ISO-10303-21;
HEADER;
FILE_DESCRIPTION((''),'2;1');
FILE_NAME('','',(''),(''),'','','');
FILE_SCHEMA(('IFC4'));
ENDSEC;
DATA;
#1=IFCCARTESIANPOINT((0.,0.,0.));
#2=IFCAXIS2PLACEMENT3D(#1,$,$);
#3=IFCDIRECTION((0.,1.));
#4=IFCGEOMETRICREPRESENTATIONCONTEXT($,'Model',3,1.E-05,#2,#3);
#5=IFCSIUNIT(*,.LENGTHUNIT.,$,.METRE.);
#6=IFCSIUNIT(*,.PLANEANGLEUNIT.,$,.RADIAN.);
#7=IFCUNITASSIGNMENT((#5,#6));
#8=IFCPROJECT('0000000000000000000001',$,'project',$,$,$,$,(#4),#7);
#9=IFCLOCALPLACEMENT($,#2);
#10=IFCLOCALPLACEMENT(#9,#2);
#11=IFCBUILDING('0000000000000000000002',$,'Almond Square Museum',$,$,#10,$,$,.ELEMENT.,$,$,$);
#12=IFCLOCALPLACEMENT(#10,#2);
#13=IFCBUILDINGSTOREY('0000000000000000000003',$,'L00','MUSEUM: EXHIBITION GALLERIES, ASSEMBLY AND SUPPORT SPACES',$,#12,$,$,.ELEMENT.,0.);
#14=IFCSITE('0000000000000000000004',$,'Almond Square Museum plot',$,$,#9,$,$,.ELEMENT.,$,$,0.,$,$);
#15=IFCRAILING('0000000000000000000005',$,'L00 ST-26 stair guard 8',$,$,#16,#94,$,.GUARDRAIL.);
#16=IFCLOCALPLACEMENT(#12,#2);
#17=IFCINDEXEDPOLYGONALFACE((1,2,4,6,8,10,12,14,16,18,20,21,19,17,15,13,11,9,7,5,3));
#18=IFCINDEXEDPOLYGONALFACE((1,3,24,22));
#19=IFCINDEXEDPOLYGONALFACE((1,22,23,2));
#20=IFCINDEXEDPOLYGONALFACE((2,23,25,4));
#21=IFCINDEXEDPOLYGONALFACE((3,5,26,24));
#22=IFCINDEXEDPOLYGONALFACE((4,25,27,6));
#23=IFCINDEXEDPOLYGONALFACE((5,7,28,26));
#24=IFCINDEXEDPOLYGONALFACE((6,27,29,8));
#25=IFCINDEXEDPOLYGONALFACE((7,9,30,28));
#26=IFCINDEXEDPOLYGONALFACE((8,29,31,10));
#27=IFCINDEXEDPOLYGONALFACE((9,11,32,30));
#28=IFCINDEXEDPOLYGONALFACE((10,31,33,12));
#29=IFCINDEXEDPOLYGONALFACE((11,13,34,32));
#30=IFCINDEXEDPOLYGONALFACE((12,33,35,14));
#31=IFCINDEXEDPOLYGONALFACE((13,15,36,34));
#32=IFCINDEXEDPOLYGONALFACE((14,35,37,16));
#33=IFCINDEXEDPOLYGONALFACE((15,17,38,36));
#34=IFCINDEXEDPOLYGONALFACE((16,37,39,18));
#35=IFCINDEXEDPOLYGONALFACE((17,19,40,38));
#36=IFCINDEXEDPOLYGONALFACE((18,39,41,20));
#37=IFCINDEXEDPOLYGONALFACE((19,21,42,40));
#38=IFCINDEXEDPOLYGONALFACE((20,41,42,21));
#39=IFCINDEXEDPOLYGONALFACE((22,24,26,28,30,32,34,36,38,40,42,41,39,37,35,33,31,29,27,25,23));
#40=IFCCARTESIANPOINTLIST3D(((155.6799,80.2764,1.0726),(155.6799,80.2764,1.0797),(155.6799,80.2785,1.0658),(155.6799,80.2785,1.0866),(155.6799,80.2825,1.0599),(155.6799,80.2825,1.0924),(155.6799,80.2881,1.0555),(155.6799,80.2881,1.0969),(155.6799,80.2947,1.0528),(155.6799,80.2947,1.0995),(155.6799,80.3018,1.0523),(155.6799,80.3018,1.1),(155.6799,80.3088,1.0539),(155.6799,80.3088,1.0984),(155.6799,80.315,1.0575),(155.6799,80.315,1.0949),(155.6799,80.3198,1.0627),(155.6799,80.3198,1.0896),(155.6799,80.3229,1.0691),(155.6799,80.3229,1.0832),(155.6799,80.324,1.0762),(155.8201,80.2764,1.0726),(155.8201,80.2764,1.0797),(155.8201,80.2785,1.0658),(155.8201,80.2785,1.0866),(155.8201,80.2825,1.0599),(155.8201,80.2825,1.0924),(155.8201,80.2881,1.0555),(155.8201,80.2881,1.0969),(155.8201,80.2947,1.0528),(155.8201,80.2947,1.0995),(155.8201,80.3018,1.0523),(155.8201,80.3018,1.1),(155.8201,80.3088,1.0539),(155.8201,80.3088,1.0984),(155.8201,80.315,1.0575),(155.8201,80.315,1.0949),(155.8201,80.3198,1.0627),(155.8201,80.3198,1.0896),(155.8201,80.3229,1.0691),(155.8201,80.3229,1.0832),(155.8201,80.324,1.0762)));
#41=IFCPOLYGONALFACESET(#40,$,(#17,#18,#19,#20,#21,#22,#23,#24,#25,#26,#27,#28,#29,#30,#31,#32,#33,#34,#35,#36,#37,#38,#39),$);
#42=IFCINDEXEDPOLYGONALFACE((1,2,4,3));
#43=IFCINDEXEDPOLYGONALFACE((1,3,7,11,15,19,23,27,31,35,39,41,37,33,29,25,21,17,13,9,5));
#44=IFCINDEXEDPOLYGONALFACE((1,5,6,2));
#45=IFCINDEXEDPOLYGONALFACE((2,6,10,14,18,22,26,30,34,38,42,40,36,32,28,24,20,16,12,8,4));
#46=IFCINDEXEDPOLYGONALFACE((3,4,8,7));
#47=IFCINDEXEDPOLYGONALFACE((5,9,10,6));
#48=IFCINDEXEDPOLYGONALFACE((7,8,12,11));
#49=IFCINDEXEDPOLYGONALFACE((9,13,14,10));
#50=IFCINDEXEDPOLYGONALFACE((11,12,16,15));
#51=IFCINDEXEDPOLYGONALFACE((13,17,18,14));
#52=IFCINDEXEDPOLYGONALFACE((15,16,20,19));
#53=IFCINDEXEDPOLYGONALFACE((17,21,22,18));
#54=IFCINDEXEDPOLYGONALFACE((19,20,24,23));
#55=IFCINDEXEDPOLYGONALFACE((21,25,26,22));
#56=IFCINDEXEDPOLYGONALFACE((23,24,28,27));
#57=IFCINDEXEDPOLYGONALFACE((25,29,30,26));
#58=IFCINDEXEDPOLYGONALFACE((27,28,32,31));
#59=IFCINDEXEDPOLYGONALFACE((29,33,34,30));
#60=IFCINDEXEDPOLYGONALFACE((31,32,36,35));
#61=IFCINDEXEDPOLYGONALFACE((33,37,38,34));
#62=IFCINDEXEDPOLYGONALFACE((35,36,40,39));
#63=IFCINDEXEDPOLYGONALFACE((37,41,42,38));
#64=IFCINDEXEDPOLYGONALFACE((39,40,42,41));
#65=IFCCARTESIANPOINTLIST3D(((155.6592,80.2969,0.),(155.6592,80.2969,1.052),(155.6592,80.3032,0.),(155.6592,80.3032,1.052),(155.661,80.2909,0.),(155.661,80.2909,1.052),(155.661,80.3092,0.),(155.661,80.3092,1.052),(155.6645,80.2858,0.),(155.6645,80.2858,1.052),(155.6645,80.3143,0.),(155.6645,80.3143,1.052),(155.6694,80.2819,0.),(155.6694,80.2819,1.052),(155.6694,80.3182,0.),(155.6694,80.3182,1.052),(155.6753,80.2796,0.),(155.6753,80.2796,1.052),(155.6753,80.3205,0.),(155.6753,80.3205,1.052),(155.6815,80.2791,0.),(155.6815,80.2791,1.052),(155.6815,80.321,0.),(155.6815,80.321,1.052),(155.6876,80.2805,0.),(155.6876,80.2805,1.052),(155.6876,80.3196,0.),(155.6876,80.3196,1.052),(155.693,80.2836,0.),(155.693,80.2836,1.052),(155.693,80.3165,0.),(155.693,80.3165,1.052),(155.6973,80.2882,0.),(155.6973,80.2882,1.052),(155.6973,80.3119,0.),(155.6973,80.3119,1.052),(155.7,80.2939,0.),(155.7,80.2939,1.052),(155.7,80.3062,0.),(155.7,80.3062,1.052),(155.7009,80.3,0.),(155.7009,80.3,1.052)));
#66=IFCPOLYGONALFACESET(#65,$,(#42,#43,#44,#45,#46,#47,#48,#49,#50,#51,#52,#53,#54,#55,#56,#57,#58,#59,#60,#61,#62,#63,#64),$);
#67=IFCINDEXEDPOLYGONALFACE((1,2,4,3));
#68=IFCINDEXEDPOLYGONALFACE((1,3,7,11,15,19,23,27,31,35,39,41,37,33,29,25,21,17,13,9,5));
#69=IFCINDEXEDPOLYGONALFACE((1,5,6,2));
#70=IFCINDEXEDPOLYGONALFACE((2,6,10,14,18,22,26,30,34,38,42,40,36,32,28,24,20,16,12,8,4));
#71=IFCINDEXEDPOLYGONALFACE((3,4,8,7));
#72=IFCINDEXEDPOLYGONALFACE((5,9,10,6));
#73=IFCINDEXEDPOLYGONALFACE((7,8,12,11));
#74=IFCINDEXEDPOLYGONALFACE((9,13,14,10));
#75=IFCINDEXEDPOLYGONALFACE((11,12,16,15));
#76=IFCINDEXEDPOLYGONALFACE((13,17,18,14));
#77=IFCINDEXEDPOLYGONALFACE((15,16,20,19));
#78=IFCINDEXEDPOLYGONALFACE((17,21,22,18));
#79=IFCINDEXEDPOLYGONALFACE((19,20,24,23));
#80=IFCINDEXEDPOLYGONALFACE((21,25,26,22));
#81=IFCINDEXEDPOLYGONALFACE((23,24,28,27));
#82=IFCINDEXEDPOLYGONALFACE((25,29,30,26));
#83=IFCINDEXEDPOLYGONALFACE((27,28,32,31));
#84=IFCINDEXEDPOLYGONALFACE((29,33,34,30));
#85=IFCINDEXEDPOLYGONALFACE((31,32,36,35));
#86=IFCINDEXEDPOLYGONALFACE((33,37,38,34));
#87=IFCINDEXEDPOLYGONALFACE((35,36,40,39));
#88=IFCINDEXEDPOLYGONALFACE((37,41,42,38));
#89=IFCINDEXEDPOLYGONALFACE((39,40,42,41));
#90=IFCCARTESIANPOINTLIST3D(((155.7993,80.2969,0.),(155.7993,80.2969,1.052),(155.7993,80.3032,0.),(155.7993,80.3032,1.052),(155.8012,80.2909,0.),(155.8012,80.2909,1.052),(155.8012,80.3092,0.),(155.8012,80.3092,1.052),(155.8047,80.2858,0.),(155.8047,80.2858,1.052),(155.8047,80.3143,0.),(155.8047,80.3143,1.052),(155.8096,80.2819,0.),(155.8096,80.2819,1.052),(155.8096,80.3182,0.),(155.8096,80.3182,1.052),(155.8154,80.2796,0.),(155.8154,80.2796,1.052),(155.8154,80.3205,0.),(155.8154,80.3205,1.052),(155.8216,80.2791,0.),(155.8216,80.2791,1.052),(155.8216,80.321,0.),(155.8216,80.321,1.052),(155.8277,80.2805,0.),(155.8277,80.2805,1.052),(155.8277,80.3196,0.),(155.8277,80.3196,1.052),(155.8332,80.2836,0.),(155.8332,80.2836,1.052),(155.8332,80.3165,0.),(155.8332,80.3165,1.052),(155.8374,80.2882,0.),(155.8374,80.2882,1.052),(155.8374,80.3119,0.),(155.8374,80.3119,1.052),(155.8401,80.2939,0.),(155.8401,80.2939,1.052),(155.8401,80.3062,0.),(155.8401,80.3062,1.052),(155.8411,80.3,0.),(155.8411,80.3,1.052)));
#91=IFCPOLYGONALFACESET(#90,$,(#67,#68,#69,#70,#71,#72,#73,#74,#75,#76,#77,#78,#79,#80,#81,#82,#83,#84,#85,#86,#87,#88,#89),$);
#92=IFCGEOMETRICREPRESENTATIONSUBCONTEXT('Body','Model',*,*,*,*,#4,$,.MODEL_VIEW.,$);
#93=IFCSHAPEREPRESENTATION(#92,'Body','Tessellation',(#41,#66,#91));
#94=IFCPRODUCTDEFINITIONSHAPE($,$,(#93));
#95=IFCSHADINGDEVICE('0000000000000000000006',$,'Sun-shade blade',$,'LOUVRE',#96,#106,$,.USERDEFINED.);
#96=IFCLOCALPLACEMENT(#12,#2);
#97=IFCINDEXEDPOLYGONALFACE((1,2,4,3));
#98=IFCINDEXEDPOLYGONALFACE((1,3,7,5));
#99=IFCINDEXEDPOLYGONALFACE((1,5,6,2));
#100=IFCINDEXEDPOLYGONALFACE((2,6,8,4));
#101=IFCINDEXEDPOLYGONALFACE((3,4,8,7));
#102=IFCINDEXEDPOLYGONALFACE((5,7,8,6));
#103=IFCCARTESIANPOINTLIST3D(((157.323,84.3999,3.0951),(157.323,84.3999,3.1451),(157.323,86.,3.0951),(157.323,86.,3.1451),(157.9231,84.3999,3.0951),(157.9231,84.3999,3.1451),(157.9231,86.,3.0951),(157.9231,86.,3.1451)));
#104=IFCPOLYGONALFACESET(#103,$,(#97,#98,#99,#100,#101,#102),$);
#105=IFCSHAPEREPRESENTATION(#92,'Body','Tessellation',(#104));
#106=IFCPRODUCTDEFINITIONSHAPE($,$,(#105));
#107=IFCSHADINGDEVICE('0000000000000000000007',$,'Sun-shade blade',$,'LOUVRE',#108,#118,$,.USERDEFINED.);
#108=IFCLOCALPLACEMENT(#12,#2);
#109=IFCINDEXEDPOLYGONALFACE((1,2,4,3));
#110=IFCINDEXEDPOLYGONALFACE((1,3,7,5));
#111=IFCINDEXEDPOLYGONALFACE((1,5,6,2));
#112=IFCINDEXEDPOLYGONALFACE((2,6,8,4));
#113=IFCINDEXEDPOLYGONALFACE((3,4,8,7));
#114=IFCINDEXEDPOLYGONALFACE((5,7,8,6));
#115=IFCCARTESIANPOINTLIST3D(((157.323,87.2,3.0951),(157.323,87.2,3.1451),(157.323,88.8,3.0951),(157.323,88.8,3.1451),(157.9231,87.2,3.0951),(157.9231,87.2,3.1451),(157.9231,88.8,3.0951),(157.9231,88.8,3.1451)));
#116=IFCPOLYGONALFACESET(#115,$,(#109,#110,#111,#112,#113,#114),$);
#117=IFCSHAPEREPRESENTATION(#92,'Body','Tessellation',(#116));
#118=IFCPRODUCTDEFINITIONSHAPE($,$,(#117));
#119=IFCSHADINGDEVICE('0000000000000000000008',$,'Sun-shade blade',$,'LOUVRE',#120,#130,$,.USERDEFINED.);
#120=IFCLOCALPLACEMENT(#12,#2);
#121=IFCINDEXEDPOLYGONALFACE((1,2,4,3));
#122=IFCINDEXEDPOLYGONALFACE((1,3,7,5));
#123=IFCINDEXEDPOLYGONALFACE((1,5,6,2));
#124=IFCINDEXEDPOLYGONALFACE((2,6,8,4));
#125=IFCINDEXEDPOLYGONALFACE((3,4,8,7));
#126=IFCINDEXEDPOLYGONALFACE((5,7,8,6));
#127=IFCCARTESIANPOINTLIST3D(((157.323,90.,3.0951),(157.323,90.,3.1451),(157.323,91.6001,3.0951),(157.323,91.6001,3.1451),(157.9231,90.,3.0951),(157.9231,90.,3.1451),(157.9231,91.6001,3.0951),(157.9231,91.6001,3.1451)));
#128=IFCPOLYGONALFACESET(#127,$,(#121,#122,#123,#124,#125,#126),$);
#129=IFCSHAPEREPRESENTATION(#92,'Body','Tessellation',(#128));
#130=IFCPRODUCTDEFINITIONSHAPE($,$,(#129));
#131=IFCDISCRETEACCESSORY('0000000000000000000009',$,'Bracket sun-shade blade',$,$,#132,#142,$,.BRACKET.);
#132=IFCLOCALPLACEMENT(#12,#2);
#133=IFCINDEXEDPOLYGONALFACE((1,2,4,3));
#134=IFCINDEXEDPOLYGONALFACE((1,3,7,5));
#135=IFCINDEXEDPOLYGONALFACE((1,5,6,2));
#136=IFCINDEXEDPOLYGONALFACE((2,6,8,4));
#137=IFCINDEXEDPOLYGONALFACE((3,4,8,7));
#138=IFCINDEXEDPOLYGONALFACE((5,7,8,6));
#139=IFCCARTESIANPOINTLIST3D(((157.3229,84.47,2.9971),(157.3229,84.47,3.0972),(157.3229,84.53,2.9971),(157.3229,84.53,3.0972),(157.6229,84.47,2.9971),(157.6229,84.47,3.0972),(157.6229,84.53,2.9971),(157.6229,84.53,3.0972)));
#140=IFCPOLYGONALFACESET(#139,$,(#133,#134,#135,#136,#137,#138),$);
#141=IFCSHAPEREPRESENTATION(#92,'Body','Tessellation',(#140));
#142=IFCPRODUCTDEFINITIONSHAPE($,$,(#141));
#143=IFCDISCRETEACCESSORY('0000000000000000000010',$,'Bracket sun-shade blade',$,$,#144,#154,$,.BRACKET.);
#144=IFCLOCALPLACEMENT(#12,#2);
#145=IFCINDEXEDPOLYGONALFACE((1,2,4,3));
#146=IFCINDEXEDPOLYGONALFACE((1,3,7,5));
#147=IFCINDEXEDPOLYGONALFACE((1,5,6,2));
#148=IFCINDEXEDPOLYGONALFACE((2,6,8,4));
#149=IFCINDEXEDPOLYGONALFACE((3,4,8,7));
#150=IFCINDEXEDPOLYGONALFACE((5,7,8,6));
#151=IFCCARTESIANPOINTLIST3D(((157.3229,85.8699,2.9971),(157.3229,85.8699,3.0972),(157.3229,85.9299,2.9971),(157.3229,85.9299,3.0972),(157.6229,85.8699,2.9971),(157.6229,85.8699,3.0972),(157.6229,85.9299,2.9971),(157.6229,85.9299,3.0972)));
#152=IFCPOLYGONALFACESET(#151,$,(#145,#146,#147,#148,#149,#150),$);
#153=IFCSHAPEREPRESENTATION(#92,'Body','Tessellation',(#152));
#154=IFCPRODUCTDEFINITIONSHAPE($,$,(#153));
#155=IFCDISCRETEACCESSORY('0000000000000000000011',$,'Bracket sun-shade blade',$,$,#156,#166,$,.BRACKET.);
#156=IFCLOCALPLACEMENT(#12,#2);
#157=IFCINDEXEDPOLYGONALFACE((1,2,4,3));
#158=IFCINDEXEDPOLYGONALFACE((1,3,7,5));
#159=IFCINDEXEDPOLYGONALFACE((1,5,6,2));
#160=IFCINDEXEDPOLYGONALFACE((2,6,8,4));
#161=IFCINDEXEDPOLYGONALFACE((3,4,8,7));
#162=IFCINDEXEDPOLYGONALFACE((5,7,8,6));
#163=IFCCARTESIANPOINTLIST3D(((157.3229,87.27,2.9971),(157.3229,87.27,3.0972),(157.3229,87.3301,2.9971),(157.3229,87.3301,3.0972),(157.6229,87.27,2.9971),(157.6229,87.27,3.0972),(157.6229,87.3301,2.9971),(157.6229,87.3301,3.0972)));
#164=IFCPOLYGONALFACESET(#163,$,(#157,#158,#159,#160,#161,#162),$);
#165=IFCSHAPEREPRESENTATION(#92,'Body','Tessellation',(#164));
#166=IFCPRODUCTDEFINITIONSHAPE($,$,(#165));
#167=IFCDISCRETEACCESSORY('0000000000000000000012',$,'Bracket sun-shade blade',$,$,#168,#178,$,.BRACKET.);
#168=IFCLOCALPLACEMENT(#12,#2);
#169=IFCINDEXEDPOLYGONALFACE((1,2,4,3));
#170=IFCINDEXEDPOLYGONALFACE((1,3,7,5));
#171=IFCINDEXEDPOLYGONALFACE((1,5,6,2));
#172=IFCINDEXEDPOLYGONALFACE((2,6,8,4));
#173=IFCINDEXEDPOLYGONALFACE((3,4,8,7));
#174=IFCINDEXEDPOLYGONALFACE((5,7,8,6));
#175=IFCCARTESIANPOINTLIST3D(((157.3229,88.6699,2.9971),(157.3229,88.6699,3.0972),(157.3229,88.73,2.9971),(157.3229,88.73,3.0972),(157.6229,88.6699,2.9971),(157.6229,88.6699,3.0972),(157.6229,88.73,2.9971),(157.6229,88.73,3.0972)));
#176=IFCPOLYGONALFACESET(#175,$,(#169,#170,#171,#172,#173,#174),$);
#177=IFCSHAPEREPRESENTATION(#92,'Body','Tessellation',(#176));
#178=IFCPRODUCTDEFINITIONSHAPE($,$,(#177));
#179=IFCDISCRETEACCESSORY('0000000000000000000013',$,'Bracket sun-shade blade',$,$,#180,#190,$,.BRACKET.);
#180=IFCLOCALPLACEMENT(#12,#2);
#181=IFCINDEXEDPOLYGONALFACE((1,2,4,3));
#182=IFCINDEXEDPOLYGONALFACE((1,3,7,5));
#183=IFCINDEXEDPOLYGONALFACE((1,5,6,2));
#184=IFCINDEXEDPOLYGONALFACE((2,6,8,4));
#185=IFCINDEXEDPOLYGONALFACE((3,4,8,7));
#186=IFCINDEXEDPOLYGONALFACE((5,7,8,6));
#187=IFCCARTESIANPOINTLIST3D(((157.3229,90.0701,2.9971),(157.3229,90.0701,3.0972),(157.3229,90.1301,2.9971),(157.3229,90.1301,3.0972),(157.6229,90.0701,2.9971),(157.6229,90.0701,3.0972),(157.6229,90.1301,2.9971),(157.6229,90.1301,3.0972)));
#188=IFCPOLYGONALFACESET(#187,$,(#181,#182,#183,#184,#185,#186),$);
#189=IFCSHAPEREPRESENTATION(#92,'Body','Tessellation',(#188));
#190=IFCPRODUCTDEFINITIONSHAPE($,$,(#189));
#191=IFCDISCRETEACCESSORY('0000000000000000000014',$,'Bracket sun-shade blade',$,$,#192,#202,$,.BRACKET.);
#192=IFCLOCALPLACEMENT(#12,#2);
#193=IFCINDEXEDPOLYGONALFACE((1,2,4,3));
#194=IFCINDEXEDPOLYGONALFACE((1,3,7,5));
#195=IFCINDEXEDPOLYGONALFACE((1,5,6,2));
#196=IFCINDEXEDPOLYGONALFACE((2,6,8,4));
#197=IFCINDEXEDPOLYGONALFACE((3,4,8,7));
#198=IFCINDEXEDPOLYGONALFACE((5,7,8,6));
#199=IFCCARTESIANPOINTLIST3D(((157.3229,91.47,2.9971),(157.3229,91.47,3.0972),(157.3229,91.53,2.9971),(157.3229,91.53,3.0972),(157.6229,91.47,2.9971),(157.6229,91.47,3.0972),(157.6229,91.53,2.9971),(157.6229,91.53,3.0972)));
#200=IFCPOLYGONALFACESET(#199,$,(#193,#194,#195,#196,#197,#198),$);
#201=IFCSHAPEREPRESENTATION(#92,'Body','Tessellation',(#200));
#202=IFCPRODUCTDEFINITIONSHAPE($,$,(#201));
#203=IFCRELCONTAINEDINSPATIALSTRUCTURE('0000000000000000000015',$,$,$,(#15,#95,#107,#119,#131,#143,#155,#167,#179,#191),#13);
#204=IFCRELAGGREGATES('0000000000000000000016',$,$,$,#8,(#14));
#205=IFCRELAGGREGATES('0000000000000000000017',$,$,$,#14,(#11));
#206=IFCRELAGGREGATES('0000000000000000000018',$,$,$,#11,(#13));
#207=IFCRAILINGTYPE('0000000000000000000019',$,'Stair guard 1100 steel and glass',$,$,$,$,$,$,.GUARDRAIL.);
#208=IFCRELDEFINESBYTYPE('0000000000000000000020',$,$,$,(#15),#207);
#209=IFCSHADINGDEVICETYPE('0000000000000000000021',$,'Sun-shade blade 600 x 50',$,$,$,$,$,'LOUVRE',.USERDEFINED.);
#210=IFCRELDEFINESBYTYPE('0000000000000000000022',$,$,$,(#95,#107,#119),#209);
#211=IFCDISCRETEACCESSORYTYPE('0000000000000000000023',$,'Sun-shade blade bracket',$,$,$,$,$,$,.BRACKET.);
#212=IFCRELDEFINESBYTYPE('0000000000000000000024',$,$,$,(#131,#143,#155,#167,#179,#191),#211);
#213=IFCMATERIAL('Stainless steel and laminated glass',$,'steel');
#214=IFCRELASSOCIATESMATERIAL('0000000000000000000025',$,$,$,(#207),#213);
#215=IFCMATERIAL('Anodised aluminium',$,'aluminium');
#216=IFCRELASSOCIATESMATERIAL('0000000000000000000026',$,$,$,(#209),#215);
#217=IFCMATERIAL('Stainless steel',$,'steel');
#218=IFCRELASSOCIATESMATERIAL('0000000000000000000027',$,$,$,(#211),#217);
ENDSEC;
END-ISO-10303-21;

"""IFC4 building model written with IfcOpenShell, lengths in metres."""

from ifc_helpers import new_model, si_unit, direction, frame, origin, origin_2d, place, context, subcontext, project, spatial, rectangle, circle, extrude, material, material_profile, profile_set, type_object, element, save


model = new_model("IFC4")

# Units and contexts
model_context = context("Model", 3, precision=1e-05, world=origin(), true_north=direction((0.0, 1.0)))
body_context = subcontext(model_context, "Body", "Model", "MODEL_VIEW")
ifc_project = project(units=[si_unit("LENGTHUNIT", "METRE"), si_unit("PLANEANGLEUNIT", "RADIAN")], contexts=[model_context])

# Site, building, storey
site_placement = place(None, origin())
site = spatial("IfcSite", under=ifc_project, at=site_placement, Name="Almond Square Museum plot", CompositionType="ELEMENT", RefElevation=0.0)
building_placement = place(site_placement, origin())
building = spatial("IfcBuilding", under=site, at=building_placement, Name="Almond Square Museum", CompositionType="ELEMENT")
storey_placement = place(building_placement, origin())
storey = spatial("IfcBuildingStorey", under=building, at=storey_placement, Name="L00", Description="MUSEUM: EXHIBITION GALLERIES, ASSEMBLY AND SUPPORT SPACES", CompositionType="ELEMENT", Elevation=0.0)

# Railing
ifc_material_1 = material(Name="Stainless steel and laminated glass", Category="steel")
railing_type = type_object("IfcRailingType", Name="Stair guard 1100 steel and glass", PredefinedType="GUARDRAIL", material=ifc_material_1)
railing_placement = place(storey_placement, frame((155.6799, 80.3, 0.0)))
element("IfcRailing", 1, at=railing_placement, inside=storey, type_object=railing_type, Name="L00 ST-26 stair guard 8", PredefinedType="GUARDRAIL", context=body_context, shape_type="SweptSolid", body=[
    extrude(circle(Radius=0.0239, at=origin_2d()), frame((0.0, 0.0, 1.0762), z_axis=(1.0, 0.0, 0.0), x_axis=(0.0, 1.0, 0.0)), (0.0, 0.0, 1.0), 0.1401),
    extrude(circle(Radius=0.021, at=origin_2d()), origin(), (0.0, 0.0, 1.0), 1.052),
    extrude(circle(Radius=0.021, at=origin_2d()), frame((0.1401, 0.0, 0.0)), (0.0, 0.0, 1.0), 1.052),
])

# Shading devices
ifc_material_2 = material(Name="Anodised aluminium", Category="aluminium")
ifc_material_profile_1 = material_profile(ifc_material_2, rectangle(XDim=0.6001, YDim=0.05, at=origin_2d()))
ifc_profile_set_1 = profile_set([ifc_material_profile_1], Name="Anodised aluminium")
shading_device_type = type_object("IfcShadingDeviceType", Name="Sun-shade blade 600 x 50", ElementType="LOUVRE", PredefinedType="USERDEFINED", material=ifc_profile_set_1)
for number, where, z_axis, x_axis, name in (
    (2, (157.623, 84.3999, 3.1201), (0.0, 1.0, 0.0), (-1.0, 0.0, 0.0), "Sun-shade blade"),
    (3, (157.623, 87.2, 3.1201), (0.0, 1.0, 0.0), (-1.0, 0.0, 0.0), "Sun-shade blade"),
    (4, (157.623, 90.0, 3.1201), (0.0, 1.0, 0.0), (-1.0, 0.0, 0.0), "Sun-shade blade"),
):
    element("IfcShadingDevice", number, at=place(storey_placement, frame(where, z_axis=z_axis, x_axis=x_axis)), inside=storey, type_object=shading_device_type, Name=name, ObjectType="LOUVRE", PredefinedType="USERDEFINED", context=body_context, shape_type="SweptSolid", body=[
        extrude(rectangle(XDim=0.6001, YDim=0.05, at=origin_2d()), origin(), (0.0, 0.0, 1.0), 1.6001),
    ])

# Discrete accessories
ifc_material_3 = material(Name="Stainless steel", Category="steel")
discrete_accessory_type = type_object("IfcDiscreteAccessoryType", Name="Sun-shade blade bracket", PredefinedType="BRACKET", material=ifc_material_3)
for number, where, z_axis, x_axis, name in (
    (5, (157.4729, 84.5, 2.9971), (0.0, 0.0, 1.0), (1.0, 0.0, 0.0), "Bracket sun-shade blade"),
    (6, (157.4729, 85.8999, 2.9971), (0.0, 0.0, 1.0), (1.0, 0.0, 0.0), "Bracket sun-shade blade"),
    (7, (157.4729, 87.3, 2.9971), (0.0, 0.0, 1.0), (1.0, 0.0, 0.0), "Bracket sun-shade blade"),
    (8, (157.4729, 88.7, 2.9971), (0.0, 0.0, 1.0), (1.0, 0.0, 0.0), "Bracket sun-shade blade"),
    (9, (157.4729, 90.1001, 2.9971), (0.0, 0.0, 1.0), (1.0, 0.0, 0.0), "Bracket sun-shade blade"),
    (10, (157.4729, 91.5, 2.9971), (0.0, 0.0, 1.0), (1.0, 0.0, 0.0), "Bracket sun-shade blade"),
):
    element("IfcDiscreteAccessory", number, at=place(storey_placement, frame(where, z_axis=z_axis, x_axis=x_axis)), inside=storey, type_object=discrete_accessory_type, Name=name, PredefinedType="BRACKET", context=body_context, shape_type="SweptSolid", body=[
        extrude(rectangle(XDim=0.3, YDim=0.0601, at=origin_2d()), origin(), (0.0, 0.0, 1.0), 0.1001),
    ])

save(model, "model.ifc")
